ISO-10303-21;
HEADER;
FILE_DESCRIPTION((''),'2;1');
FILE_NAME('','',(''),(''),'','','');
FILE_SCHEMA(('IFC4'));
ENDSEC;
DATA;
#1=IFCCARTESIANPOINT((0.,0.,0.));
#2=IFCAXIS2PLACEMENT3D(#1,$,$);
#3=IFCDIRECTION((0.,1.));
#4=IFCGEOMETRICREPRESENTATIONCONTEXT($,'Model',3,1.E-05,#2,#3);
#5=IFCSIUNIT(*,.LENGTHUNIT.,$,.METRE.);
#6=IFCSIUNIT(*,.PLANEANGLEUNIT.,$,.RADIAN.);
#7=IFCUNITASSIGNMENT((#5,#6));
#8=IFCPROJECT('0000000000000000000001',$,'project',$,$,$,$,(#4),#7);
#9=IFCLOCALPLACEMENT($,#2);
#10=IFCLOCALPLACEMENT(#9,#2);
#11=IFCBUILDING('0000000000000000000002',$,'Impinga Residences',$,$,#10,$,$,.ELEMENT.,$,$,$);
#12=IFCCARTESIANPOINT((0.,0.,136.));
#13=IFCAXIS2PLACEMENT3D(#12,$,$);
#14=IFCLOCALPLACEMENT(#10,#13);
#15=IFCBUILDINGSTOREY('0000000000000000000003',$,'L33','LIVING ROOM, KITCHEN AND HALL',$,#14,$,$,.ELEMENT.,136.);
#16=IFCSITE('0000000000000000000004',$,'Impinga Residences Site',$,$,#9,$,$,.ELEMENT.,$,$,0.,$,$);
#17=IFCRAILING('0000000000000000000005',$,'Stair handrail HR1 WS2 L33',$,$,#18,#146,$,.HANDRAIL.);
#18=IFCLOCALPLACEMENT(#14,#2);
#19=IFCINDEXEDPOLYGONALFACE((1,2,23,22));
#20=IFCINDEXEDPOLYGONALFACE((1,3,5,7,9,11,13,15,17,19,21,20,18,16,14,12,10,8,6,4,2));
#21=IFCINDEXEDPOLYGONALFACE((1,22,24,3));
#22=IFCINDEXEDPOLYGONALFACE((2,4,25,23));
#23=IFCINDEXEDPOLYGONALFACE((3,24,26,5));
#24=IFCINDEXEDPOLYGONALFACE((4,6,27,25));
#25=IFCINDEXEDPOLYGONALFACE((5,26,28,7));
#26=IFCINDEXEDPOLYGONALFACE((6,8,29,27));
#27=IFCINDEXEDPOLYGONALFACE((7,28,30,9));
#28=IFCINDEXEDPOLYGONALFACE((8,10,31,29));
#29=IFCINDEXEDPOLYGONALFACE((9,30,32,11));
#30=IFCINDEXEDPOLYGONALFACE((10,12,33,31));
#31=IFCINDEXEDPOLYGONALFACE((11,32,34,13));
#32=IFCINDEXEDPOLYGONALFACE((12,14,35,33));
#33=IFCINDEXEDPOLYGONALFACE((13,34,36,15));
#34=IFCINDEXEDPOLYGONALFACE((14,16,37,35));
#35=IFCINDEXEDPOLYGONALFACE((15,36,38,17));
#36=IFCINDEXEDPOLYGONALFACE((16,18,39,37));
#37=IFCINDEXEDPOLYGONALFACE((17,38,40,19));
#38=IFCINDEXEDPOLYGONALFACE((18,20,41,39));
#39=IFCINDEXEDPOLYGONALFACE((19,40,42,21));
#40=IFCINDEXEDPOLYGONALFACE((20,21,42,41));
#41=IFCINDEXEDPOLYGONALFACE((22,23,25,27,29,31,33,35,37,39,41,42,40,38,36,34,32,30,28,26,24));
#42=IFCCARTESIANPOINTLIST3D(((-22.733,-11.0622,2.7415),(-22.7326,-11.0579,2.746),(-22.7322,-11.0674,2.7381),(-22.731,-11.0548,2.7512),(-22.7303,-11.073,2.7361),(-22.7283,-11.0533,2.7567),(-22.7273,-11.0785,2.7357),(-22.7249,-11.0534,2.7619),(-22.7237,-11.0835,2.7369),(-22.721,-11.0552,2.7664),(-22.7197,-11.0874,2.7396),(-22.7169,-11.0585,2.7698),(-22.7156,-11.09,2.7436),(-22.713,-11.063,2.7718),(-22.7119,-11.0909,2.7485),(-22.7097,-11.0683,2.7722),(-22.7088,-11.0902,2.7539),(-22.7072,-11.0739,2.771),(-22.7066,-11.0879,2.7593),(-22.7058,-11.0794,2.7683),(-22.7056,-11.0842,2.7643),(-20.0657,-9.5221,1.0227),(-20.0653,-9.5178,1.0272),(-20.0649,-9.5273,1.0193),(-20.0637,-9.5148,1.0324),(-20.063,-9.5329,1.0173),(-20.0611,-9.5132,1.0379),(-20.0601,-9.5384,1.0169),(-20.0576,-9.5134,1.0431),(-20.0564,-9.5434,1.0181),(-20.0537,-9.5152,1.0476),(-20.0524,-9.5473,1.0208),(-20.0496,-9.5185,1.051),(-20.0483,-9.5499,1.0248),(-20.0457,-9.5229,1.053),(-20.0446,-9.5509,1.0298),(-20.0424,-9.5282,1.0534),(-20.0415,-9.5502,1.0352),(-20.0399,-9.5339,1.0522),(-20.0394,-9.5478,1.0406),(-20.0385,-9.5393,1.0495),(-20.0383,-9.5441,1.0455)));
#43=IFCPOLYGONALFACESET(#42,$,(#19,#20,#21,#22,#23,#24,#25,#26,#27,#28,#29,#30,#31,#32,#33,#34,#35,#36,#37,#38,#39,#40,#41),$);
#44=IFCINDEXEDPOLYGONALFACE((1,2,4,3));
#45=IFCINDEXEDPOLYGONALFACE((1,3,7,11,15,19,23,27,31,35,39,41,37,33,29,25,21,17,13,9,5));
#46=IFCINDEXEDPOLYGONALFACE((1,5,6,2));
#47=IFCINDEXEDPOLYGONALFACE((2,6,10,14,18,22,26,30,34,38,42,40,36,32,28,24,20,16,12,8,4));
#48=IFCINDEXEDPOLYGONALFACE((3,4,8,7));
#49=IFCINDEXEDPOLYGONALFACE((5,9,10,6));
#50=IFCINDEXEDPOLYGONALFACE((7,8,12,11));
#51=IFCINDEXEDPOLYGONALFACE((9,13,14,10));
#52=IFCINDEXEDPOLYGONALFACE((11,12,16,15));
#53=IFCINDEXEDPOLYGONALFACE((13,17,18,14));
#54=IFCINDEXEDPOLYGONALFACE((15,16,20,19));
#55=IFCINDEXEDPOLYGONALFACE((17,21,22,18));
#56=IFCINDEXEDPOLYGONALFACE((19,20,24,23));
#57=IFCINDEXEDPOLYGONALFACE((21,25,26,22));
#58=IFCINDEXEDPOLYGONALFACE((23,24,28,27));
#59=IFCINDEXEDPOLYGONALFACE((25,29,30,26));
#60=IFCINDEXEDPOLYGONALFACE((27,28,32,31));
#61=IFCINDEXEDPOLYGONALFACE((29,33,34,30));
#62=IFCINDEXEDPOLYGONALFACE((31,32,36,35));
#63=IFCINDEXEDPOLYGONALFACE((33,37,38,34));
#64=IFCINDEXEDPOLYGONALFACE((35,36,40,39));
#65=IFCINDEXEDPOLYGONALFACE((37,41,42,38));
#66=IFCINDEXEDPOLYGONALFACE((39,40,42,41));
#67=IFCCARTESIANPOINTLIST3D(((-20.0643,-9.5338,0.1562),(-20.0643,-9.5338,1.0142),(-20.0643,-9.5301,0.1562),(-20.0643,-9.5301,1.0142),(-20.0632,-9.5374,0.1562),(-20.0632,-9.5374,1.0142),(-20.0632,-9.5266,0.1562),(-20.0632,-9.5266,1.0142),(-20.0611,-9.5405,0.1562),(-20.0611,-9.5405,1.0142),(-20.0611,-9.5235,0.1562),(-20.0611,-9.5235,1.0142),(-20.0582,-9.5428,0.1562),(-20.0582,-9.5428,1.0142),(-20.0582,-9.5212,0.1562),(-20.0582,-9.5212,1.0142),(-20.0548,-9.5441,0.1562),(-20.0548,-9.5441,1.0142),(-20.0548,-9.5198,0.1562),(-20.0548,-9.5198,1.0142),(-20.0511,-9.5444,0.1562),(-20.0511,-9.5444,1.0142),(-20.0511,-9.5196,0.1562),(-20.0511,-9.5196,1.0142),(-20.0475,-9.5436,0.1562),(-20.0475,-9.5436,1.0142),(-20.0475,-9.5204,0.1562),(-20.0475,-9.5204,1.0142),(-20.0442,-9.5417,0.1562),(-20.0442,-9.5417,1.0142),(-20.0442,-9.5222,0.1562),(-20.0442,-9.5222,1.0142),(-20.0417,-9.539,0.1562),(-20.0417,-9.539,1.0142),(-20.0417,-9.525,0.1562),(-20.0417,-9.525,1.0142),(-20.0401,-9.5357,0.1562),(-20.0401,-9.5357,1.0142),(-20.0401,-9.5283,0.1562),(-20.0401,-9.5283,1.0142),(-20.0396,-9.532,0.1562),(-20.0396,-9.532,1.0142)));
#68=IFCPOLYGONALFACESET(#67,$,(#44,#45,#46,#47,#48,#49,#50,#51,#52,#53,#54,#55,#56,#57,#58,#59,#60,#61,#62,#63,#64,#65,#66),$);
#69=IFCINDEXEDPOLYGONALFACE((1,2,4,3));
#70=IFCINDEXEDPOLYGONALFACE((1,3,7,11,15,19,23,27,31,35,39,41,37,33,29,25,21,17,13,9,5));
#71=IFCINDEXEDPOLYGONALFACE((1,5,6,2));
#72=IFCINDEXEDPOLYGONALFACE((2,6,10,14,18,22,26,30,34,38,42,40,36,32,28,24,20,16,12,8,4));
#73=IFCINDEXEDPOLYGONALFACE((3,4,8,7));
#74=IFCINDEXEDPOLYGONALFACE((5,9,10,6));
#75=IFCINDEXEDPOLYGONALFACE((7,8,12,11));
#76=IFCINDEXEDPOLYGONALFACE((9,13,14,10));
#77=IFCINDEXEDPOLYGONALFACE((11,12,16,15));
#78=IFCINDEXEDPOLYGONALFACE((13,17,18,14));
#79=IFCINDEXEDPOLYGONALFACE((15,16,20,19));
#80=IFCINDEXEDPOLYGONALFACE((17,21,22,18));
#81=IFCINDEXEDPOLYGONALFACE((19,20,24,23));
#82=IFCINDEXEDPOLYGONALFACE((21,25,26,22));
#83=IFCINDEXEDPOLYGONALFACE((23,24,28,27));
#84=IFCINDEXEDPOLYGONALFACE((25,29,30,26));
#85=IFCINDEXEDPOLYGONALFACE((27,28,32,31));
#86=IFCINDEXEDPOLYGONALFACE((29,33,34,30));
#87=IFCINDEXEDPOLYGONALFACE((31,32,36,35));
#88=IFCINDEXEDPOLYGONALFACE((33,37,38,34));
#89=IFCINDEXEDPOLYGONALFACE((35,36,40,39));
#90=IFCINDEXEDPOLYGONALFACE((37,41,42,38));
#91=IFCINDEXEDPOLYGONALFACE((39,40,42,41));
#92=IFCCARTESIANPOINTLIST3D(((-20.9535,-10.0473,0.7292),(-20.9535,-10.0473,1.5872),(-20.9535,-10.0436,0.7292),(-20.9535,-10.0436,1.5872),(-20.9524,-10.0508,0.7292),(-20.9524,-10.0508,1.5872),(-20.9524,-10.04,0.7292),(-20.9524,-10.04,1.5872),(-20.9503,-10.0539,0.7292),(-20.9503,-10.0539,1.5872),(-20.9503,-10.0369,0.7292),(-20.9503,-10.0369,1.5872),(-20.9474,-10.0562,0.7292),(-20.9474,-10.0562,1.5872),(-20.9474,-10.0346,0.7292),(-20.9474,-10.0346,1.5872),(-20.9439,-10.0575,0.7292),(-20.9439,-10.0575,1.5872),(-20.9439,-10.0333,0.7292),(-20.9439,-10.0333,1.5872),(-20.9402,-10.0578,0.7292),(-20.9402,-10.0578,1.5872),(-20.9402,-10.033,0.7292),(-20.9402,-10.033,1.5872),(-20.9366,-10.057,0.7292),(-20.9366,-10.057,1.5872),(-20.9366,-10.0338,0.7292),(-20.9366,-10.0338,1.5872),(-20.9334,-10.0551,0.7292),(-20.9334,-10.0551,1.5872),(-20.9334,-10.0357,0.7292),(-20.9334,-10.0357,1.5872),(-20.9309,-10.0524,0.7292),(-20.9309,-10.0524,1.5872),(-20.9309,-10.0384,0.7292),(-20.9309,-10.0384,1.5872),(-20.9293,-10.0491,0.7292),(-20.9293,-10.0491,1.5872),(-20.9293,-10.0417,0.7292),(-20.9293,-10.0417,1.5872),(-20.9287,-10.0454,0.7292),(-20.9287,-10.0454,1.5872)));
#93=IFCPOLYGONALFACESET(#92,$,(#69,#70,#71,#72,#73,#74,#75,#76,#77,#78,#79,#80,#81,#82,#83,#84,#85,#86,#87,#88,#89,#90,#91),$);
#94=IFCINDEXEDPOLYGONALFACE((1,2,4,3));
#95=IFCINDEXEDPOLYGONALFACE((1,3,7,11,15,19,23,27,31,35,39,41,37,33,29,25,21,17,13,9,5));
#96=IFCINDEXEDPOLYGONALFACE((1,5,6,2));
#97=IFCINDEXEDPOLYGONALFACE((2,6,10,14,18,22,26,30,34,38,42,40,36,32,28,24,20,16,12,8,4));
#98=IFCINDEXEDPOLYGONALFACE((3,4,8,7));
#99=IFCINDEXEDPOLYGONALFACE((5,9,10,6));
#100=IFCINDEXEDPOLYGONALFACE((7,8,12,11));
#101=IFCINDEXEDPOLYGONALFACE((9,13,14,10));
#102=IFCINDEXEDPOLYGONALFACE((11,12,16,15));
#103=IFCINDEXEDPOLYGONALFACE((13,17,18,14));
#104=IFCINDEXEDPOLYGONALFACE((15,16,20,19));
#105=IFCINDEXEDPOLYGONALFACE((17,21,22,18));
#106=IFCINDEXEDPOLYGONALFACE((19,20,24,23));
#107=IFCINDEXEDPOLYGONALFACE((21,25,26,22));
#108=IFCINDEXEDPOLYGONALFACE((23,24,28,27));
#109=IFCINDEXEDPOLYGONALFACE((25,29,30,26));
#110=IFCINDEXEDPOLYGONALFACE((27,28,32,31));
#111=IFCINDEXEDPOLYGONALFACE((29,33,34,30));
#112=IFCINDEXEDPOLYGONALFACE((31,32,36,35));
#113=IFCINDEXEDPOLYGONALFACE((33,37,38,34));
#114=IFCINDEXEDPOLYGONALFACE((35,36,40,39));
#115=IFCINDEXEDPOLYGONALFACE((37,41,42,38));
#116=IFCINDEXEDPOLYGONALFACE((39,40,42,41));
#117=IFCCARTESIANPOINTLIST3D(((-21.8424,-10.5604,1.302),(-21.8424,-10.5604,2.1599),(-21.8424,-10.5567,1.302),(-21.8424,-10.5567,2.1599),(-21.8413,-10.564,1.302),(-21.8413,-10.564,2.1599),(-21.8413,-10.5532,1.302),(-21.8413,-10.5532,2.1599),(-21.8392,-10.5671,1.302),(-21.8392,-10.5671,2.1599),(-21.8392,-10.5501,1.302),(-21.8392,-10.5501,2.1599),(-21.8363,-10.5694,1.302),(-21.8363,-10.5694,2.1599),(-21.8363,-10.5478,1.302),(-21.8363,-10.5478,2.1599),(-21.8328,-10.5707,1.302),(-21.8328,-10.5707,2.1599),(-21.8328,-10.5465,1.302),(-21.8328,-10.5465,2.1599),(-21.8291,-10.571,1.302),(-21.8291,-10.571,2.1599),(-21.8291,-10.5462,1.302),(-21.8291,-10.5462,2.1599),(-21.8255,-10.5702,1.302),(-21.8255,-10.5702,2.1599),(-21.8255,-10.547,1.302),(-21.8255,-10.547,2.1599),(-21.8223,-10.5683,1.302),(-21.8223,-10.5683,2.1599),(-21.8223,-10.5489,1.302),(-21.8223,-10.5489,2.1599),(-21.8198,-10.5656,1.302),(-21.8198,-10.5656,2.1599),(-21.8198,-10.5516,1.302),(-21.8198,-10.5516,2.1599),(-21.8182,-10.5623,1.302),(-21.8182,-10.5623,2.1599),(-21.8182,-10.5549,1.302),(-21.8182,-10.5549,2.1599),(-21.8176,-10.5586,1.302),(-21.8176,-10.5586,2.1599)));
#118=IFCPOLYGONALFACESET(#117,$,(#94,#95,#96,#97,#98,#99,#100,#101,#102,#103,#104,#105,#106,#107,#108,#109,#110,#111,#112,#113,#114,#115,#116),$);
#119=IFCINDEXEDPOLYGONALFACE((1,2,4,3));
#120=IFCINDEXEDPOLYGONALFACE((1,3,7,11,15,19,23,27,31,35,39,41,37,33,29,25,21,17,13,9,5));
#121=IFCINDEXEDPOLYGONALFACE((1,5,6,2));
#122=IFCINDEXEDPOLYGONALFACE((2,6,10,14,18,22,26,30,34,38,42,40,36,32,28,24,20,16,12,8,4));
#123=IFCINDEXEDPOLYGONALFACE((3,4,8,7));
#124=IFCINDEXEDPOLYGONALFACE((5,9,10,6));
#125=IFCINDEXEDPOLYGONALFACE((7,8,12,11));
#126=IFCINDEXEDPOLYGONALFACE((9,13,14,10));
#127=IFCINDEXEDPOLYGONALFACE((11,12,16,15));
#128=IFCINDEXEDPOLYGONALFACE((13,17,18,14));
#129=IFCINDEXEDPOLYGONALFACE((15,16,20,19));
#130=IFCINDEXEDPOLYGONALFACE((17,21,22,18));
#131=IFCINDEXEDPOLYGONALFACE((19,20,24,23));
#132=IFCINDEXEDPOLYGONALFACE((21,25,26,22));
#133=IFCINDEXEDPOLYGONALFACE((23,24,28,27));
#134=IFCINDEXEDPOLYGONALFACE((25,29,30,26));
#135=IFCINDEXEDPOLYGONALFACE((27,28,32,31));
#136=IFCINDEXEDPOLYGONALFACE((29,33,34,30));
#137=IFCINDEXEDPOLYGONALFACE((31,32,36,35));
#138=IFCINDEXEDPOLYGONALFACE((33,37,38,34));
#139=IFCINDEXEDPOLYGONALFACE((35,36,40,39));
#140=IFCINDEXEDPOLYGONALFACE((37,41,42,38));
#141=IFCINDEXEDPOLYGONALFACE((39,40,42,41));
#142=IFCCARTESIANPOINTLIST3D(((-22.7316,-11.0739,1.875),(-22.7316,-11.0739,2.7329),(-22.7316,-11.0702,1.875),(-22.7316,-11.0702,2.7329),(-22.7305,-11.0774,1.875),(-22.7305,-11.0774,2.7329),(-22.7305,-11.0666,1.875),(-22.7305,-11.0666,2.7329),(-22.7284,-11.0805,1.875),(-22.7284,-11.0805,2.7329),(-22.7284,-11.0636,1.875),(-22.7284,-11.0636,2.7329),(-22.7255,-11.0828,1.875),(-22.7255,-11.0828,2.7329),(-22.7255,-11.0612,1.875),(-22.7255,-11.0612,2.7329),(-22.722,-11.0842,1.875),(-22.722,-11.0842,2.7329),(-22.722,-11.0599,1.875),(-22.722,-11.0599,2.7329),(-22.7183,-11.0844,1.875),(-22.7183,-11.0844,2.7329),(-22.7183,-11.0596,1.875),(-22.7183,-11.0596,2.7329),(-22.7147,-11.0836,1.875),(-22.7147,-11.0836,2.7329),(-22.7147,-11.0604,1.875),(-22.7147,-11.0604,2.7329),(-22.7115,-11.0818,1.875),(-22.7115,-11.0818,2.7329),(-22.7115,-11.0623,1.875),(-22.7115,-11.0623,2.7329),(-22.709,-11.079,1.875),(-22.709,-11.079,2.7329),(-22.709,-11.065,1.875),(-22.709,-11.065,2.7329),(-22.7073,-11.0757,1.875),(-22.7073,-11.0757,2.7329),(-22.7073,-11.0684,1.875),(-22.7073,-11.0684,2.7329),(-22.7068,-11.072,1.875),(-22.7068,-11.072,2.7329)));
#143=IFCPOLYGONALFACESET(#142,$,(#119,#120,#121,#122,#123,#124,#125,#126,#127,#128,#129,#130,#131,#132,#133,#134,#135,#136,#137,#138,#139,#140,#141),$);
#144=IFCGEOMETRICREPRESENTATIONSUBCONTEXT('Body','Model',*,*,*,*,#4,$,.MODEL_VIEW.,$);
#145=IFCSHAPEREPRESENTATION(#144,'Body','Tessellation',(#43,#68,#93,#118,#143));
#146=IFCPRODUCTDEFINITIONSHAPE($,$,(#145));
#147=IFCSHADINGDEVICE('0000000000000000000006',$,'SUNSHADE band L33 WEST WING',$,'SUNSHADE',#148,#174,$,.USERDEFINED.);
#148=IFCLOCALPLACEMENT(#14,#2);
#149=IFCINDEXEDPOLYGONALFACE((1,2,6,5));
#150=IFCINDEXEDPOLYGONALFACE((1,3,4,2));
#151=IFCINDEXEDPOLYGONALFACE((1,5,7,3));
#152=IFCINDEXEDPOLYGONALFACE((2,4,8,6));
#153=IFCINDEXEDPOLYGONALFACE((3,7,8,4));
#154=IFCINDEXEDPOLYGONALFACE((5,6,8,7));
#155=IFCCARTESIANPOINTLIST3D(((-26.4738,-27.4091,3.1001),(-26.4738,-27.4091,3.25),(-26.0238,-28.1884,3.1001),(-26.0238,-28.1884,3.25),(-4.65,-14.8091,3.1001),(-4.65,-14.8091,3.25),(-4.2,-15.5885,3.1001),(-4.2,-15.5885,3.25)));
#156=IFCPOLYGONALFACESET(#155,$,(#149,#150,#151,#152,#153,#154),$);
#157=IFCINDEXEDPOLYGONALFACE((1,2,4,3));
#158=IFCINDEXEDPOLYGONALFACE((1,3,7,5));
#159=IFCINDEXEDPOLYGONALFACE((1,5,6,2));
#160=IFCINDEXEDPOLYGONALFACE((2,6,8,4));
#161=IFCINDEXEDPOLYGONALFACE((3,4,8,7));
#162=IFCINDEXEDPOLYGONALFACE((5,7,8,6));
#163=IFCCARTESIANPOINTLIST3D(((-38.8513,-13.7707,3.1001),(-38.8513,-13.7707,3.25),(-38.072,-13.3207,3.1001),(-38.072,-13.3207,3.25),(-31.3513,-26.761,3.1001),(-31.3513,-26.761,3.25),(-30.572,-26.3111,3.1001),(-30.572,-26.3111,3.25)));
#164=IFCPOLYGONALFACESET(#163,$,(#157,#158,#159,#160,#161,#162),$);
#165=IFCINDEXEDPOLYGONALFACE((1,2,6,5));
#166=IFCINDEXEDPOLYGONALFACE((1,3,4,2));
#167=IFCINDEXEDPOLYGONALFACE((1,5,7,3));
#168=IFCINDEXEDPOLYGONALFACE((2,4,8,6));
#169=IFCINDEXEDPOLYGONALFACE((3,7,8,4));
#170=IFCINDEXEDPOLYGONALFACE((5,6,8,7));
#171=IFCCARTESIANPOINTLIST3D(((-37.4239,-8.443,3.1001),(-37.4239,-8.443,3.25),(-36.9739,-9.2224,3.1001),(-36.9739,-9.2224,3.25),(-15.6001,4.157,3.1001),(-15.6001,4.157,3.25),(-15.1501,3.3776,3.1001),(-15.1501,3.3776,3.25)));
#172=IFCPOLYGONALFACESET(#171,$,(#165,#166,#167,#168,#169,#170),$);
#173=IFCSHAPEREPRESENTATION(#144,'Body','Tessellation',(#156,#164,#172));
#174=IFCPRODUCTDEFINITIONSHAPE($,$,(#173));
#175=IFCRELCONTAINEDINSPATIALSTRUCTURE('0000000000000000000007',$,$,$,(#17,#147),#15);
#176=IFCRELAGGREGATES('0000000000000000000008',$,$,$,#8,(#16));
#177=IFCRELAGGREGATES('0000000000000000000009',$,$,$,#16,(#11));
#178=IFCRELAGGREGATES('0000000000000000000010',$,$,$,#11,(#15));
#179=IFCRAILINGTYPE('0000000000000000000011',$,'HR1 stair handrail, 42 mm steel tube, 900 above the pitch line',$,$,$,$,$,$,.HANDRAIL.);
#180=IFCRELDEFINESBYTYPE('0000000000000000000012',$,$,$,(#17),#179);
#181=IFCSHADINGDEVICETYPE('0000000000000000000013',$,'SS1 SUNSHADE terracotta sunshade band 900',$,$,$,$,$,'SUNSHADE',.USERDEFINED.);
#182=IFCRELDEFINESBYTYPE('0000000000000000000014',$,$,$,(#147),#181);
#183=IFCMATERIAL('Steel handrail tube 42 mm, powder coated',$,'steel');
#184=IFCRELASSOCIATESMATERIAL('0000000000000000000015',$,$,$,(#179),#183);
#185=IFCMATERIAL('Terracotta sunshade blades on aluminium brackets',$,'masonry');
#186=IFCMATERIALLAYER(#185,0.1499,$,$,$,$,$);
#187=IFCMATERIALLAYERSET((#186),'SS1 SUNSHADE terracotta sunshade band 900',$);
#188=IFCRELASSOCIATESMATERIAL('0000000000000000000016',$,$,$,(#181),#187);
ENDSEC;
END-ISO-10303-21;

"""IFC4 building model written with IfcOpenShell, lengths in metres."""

from ifc_helpers import new_model, si_unit, direction, frame, origin, origin_2d, place, context, subcontext, project, spatial, rectangle, circle, extrude, material, layer, layer_set, type_object, element, save


model = new_model("IFC4")

# Units and contexts
model_context = context("Model", 3, precision=1e-05, world=origin(), true_north=direction((0.0, 1.0)))
body_context = subcontext(model_context, "Body", "Model", "MODEL_VIEW")
ifc_project = project(units=[si_unit("LENGTHUNIT", "METRE"), si_unit("PLANEANGLEUNIT", "RADIAN")], contexts=[model_context])

# Site, building, storey
site_placement = place(None, origin())
site = spatial("IfcSite", under=ifc_project, at=site_placement, Name="Impinga Residences Site", CompositionType="ELEMENT", RefElevation=0.0)
building_placement = place(site_placement, origin())
building = spatial("IfcBuilding", under=site, at=building_placement, Name="Impinga Residences", CompositionType="ELEMENT")
storey_placement = place(building_placement, frame((0.0, 0.0, 136.0)))
storey = spatial("IfcBuildingStorey", under=building, at=storey_placement, Name="L33", Description="LIVING ROOM, KITCHEN AND HALL", CompositionType="ELEMENT", Elevation=136.0)

# Railing
ifc_material_1 = material(Name="Steel handrail tube 42 mm, powder coated", Category="steel")
railing_type = type_object("IfcRailingType", Name="HR1 stair handrail, 42 mm steel tube, 900 above the pitch line", PredefinedType="HANDRAIL", material=ifc_material_1)
railing_placement = place(storey_placement, frame((-20.052, -9.532, 0.1562)))
element("IfcRailing", 1, at=railing_placement, inside=storey, type_object=railing_type, Name="Stair handrail HR1 WS2 L33", PredefinedType="HANDRAIL", context=body_context, shape_type="SweptSolid", body=[
    extrude(circle(Radius=0.021, at=origin_2d()), frame((0.0, 0.0, 0.8789), z_axis=(-0.756226, -0.436639, 0.487307), x_axis=(0.500027, -0.86601, 0.0)), (0.0, 0.0, 1.0), 3.5271),
    extrude(circle(Radius=0.0125, at=origin_2d()), origin(), (0.0, 0.0, 1.0), 0.8579),
    extrude(circle(Radius=0.0125, at=origin_2d()), frame((-0.8892, -0.5134, 0.573)), (0.0, 0.0, 1.0), 0.8579),
    extrude(circle(Radius=0.0125, at=origin_2d()), frame((-1.7781, -1.0266, 1.1458)), (0.0, 0.0, 1.0), 0.8579),
    extrude(circle(Radius=0.0125, at=origin_2d()), frame((-2.6672, -1.54, 1.7188)), (0.0, 0.0, 1.0), 0.8579),
])

# Shading device
ifc_material_2 = material(Name="Terracotta sunshade blades on aluminium brackets", Category="masonry")
ifc_layer_1 = layer(ifc_material_2, 0.1499)
ifc_layer_set_1 = layer_set([ifc_layer_1], Name="SS1 SUNSHADE terracotta sunshade band 900")
shading_device_type = type_object("IfcShadingDeviceType", Name="SS1 SUNSHADE terracotta sunshade band 900", ElementType="SUNSHADE", PredefinedType="USERDEFINED", material=ifc_layer_set_1)
shading_device_placement = place(storey_placement, frame((-15.3369, -21.4988, 3.1001), z_axis=(0.0, 0.0, 1.0), x_axis=(-0.866025, -0.5, 0.0)))
element("IfcShadingDevice", 2, at=shading_device_placement, inside=storey, type_object=shading_device_type, Name="SUNSHADE band L33 WEST WING", ObjectType="SUNSHADE", PredefinedType="USERDEFINED", context=body_context, shape_type="SweptSolid", body=[
    extrude(rectangle(XDim=25.2, YDim=0.8999, at=origin_2d()), origin(), (0.0, 0.0, 1.0), 0.1499),
    extrude(rectangle(XDim=15.0, YDim=0.8999, at=origin_2d()), frame((16.05, -10.95, 0.0), z_axis=(0.0, 0.0, 1.0), x_axis=(0.0, -1.0, 0.0)), (0.0, 0.0, 1.0), 0.1499),
    extrude(rectangle(XDim=25.2, YDim=0.8999, at=origin_2d()), frame((0.0, -21.9001, 0.0), z_axis=(0.0, 0.0, 1.0), x_axis=(-1.0, 0.0, 0.0)), (0.0, 0.0, 1.0), 0.1499),
])

save(model, "model.ifc")
